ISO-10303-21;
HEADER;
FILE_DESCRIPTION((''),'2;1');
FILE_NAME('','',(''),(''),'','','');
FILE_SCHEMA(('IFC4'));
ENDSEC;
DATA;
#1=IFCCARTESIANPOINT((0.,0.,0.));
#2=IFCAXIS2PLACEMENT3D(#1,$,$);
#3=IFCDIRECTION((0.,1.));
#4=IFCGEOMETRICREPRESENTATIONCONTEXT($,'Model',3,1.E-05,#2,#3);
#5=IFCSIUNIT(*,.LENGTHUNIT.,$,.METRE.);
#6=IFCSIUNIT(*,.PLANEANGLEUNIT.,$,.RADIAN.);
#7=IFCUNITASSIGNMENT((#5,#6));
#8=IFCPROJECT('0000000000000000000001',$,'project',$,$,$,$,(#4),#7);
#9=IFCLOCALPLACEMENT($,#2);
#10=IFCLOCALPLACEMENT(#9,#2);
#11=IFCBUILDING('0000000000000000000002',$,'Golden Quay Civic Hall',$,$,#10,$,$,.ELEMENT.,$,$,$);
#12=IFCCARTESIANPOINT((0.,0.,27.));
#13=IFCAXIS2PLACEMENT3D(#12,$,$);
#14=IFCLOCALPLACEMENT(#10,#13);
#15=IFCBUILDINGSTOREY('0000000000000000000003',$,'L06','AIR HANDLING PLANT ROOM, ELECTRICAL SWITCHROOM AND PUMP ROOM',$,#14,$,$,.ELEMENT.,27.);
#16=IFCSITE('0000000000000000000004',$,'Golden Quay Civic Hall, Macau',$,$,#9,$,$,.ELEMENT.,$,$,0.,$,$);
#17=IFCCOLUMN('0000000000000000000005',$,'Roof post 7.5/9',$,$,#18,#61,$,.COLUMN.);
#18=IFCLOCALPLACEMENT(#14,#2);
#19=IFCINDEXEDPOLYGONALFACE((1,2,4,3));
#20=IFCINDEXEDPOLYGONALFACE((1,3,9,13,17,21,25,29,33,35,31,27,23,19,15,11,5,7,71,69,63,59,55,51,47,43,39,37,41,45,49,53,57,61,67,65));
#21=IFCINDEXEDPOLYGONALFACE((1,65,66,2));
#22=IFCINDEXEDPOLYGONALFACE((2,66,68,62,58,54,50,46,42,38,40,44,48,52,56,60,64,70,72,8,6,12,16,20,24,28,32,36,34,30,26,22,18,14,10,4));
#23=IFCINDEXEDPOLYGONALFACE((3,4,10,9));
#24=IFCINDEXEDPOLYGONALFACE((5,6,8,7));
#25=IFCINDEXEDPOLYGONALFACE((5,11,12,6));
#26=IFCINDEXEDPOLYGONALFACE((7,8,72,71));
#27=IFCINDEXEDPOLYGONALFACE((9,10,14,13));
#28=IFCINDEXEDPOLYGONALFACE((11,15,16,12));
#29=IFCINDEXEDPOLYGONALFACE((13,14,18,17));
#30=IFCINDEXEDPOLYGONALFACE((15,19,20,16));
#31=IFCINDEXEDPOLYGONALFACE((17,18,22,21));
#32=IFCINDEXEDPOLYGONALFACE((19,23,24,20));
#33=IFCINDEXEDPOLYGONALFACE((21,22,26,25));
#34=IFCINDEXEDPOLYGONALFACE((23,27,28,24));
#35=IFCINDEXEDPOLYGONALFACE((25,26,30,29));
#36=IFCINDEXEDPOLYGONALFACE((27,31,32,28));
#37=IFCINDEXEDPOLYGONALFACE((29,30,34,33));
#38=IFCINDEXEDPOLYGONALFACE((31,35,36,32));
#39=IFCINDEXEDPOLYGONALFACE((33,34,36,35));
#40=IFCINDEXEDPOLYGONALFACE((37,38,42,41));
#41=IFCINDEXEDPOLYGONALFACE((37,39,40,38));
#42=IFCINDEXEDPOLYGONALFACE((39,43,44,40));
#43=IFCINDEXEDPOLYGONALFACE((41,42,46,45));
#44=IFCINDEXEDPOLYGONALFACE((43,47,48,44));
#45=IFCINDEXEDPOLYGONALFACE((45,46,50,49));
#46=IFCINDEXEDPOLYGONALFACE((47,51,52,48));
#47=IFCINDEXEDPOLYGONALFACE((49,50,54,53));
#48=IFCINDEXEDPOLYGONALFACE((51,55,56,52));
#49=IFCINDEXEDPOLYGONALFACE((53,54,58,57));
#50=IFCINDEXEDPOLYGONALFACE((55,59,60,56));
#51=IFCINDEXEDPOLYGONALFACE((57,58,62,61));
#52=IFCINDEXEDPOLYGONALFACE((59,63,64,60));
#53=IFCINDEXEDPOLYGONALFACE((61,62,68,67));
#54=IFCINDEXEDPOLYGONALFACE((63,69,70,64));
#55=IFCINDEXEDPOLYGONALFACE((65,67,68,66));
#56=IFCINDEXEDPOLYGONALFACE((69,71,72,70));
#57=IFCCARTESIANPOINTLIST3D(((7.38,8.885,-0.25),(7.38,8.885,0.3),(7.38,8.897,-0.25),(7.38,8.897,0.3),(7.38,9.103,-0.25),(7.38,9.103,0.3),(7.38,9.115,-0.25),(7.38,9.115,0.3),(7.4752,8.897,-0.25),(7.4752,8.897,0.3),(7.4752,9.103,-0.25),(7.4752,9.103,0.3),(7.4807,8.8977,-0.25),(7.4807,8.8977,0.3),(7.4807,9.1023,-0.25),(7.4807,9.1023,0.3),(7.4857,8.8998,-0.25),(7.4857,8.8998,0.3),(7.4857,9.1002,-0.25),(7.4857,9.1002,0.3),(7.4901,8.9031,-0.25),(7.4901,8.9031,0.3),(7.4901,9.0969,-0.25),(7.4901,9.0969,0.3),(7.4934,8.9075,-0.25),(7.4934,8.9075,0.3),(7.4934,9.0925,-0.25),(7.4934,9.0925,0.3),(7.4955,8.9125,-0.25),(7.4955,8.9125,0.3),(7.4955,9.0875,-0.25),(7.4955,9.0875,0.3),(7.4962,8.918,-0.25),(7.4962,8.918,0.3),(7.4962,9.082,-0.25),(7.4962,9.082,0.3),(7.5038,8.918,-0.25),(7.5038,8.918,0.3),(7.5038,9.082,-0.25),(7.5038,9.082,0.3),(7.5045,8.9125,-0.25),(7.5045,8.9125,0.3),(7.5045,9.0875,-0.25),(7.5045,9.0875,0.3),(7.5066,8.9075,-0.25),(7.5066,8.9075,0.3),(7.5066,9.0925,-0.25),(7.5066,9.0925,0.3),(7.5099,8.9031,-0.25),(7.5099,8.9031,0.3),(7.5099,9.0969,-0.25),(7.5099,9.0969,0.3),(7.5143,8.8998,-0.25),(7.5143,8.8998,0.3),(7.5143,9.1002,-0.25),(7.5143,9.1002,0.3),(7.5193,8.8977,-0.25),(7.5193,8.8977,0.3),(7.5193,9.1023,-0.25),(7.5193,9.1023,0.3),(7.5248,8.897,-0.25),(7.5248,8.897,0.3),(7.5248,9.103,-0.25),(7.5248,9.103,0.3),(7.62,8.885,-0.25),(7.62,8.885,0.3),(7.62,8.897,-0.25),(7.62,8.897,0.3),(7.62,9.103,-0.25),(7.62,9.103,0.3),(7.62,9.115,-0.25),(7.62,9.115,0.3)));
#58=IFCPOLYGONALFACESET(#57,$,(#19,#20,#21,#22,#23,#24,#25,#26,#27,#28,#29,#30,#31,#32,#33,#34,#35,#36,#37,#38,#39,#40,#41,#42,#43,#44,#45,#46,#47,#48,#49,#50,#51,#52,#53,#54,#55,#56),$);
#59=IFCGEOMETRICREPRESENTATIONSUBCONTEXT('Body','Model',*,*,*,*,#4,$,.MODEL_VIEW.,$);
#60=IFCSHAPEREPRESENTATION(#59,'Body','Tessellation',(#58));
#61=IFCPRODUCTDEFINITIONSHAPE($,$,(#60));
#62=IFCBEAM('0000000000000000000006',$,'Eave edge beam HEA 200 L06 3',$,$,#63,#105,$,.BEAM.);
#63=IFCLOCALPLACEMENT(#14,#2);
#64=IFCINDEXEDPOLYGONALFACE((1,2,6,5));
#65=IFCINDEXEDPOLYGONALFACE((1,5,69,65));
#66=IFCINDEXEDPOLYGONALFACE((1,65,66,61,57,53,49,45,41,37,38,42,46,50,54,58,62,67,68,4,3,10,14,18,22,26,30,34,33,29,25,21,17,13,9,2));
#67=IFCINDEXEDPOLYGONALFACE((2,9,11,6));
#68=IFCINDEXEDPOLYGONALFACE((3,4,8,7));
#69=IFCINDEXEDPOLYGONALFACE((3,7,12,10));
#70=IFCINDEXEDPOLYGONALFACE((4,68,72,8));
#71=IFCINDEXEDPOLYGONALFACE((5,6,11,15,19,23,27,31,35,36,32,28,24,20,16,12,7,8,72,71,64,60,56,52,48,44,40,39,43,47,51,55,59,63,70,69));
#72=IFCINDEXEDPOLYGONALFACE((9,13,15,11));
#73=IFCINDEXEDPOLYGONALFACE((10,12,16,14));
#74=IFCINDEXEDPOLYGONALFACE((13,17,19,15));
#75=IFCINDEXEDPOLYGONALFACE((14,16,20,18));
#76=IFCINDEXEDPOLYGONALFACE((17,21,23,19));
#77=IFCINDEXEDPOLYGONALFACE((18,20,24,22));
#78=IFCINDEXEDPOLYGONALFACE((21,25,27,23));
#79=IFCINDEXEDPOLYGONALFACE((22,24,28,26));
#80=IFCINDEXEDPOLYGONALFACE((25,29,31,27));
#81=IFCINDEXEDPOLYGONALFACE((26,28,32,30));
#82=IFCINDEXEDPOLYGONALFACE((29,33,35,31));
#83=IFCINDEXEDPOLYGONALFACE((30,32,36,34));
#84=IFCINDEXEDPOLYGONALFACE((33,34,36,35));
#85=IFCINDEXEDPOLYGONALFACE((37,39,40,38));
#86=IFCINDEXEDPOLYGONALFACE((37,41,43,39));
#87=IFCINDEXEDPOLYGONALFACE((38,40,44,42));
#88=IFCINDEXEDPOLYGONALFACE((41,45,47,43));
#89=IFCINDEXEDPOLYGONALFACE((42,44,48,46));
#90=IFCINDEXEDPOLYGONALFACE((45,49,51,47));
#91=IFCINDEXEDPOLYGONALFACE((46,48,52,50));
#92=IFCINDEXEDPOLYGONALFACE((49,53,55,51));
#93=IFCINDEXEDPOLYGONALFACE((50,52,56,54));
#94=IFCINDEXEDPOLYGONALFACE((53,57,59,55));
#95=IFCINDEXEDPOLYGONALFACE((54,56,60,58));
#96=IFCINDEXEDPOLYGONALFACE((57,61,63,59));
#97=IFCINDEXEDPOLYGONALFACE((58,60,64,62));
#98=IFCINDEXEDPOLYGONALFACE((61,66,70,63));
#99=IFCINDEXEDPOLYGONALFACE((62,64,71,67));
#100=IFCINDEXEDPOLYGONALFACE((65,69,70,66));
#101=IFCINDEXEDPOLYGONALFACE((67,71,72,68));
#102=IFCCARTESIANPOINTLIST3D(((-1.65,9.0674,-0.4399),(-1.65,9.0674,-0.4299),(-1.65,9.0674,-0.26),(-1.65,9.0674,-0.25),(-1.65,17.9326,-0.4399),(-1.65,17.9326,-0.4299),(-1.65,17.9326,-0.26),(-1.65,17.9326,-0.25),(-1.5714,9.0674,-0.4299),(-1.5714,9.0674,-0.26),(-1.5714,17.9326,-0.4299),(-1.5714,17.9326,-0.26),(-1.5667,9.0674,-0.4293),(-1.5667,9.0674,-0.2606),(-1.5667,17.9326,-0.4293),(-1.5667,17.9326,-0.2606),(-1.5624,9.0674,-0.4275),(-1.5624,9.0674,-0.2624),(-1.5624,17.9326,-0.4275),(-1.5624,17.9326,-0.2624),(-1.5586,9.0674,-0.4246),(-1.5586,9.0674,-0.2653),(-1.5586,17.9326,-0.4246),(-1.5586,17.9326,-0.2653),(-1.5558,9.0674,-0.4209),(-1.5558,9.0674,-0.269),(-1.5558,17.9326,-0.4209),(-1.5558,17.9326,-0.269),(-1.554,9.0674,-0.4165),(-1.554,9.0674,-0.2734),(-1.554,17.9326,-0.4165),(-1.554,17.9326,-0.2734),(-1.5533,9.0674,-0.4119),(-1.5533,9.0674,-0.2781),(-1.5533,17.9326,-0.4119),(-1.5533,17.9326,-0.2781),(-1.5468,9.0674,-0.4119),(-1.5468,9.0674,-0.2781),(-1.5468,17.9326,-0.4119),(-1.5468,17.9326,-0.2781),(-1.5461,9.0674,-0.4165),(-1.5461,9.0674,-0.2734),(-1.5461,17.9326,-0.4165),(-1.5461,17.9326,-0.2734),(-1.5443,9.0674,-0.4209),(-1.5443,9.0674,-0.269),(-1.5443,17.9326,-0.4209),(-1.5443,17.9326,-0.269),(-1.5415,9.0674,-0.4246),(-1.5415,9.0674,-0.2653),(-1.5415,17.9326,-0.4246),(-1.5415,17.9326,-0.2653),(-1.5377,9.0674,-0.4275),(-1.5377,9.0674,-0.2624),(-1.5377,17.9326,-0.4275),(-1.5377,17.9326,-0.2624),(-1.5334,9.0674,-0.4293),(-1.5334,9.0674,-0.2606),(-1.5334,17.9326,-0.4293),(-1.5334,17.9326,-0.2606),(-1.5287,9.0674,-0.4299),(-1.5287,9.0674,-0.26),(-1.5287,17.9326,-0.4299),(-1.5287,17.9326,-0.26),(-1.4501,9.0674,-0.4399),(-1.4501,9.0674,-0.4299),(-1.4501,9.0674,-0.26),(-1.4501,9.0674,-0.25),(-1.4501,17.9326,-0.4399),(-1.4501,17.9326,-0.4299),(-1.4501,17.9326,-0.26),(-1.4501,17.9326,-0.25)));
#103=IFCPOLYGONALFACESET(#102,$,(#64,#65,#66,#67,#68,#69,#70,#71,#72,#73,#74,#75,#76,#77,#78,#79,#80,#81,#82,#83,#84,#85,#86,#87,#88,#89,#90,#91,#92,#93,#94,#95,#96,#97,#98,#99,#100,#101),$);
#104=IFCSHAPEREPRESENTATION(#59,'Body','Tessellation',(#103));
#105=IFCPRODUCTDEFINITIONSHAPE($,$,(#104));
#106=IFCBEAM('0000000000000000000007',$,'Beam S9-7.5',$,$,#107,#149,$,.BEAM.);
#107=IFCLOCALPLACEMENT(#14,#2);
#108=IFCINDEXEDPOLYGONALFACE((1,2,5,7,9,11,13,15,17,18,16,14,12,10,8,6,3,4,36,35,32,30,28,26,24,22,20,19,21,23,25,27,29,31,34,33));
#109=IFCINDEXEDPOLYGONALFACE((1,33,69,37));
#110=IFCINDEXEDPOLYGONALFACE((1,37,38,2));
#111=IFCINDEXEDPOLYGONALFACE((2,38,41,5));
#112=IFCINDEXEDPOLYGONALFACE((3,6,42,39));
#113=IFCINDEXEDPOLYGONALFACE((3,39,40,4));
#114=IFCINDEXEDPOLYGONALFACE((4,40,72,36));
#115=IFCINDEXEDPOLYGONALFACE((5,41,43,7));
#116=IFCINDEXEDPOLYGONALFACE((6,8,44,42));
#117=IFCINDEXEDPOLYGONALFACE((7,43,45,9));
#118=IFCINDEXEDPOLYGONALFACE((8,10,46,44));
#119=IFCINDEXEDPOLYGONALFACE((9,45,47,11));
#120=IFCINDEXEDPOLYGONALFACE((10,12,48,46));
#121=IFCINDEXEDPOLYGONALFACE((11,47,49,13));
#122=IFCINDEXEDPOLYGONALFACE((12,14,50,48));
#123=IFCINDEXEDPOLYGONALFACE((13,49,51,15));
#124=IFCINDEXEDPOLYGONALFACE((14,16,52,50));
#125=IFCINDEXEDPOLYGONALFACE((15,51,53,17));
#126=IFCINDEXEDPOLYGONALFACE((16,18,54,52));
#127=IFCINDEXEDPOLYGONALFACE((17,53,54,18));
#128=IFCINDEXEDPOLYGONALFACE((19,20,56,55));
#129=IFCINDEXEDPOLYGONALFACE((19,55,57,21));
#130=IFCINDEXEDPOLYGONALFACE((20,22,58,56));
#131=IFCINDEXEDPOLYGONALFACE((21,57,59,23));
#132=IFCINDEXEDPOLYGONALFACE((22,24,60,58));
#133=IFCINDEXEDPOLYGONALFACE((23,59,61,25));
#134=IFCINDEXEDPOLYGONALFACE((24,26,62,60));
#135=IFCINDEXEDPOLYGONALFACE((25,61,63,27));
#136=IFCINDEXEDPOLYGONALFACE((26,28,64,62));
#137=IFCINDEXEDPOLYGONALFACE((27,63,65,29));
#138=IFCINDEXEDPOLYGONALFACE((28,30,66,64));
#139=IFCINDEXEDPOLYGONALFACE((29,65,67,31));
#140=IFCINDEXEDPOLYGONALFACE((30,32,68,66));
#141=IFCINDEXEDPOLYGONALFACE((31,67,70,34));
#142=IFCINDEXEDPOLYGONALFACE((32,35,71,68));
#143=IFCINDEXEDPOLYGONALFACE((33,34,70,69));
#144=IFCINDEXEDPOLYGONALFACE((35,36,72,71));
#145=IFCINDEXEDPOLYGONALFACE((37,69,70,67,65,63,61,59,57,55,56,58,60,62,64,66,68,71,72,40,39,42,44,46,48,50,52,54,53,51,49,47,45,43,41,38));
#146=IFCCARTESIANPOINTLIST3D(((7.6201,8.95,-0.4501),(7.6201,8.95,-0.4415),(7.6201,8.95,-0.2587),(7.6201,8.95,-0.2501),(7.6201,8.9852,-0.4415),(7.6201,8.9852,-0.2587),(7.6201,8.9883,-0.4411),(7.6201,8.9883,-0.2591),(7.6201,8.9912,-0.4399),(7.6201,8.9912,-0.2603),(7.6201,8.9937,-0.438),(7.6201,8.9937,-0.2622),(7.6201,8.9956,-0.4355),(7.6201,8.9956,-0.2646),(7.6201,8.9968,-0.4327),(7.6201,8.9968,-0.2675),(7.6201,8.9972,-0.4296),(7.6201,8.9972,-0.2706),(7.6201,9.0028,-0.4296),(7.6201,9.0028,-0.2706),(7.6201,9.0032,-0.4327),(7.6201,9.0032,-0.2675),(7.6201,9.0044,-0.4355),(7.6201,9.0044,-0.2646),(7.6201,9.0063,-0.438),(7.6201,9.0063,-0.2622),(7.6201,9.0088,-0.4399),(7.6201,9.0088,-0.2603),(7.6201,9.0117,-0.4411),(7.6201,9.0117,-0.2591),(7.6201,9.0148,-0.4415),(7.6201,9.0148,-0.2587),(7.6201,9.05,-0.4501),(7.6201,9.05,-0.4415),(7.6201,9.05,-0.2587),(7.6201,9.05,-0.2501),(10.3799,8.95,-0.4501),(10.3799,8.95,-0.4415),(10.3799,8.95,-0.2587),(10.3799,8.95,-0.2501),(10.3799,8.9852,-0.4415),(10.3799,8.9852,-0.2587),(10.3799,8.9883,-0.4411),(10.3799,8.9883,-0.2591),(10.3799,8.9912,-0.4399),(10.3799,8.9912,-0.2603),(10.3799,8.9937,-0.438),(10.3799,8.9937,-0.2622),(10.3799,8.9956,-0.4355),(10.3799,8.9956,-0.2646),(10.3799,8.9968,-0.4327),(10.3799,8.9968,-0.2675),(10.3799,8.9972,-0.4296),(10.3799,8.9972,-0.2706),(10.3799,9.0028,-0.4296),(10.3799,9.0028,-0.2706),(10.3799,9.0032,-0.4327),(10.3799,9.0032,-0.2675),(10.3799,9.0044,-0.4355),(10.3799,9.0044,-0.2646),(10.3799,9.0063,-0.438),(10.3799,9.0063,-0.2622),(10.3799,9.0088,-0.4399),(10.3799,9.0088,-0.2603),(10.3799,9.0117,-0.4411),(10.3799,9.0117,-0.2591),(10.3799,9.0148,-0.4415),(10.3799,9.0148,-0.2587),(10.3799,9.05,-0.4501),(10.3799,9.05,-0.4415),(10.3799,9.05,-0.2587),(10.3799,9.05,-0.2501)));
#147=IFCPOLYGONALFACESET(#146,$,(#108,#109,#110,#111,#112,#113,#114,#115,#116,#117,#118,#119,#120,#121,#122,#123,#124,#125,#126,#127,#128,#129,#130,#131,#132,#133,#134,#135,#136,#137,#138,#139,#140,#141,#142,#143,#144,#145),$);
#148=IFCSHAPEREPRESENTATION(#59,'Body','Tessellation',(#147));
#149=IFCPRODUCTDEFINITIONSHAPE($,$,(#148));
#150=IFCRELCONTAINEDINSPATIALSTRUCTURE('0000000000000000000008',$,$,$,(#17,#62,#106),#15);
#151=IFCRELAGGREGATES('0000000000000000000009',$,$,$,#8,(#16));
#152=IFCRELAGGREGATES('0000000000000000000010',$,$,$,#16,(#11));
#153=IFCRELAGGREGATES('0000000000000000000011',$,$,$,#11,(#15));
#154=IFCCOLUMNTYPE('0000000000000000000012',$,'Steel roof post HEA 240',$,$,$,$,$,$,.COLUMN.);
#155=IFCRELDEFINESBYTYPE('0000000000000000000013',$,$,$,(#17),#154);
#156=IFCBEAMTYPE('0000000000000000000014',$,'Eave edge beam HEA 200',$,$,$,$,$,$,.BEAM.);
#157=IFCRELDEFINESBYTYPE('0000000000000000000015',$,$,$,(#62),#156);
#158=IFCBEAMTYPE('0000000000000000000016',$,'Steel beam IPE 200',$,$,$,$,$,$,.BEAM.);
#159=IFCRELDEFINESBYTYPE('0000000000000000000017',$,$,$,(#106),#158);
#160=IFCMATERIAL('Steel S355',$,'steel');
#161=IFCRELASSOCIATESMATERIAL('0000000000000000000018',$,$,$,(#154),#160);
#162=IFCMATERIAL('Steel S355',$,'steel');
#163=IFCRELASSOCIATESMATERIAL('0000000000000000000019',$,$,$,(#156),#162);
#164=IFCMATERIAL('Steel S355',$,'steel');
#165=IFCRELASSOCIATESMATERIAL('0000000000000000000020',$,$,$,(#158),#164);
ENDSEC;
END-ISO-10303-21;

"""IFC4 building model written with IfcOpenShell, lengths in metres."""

from ifc_helpers import new_model, si_unit, direction, frame, origin, origin_2d, place, context, subcontext, project, spatial, i_section, extrude, material, material_profile, profile_set, type_object, element, save


model = new_model("IFC4")

# Units and contexts
model_context = context("Model", 3, precision=1e-05, world=origin(), true_north=direction((0.0, 1.0)))
body_context = subcontext(model_context, "Body", "Model", "MODEL_VIEW")
ifc_project = project(units=[si_unit("LENGTHUNIT", "METRE"), si_unit("PLANEANGLEUNIT", "RADIAN")], contexts=[model_context])

# Site, building, storey
site_placement = place(None, origin())
site = spatial("IfcSite", under=ifc_project, at=site_placement, Name="Golden Quay Civic Hall, Macau", CompositionType="ELEMENT", RefElevation=0.0)
building_placement = place(site_placement, origin())
building = spatial("IfcBuilding", under=site, at=building_placement, Name="Golden Quay Civic Hall", CompositionType="ELEMENT")
storey_placement = place(building_placement, frame((0.0, 0.0, 27.0)))
storey = spatial("IfcBuildingStorey", under=building, at=storey_placement, Name="L06", Description="AIR HANDLING PLANT ROOM, ELECTRICAL SWITCHROOM AND PUMP ROOM", CompositionType="ELEMENT", Elevation=27.0)

# Column
ifc_material_1 = material(Name="Steel S355", Category="steel")
ifc_material_profile_1 = material_profile(ifc_material_1, i_section(OverallWidth=0.24, OverallDepth=0.23, WebThickness=0.0076, FlangeThickness=0.012, FilletRadius=0.021, at=origin_2d()), Name="HEA 240")
ifc_profile_set_1 = profile_set([ifc_material_profile_1], Name="Steel S355")
column_type = type_object("IfcColumnType", Name="Steel roof post HEA 240", PredefinedType="COLUMN", material=ifc_profile_set_1)
column_placement = place(storey_placement, frame((7.5, 9.0, -0.25), z_axis=(0.0, 0.0, 1.0), x_axis=(1.0, 0.0, 0.0)))
element("IfcColumn", 1, at=column_placement, inside=storey, type_object=column_type, Name="Roof post 7.5/9", PredefinedType="COLUMN", context=body_context, shape_type="SweptSolid", body=[
    extrude(i_section(OverallWidth=0.24, OverallDepth=0.23, WebThickness=0.0076, FlangeThickness=0.012, FilletRadius=0.021, at=origin_2d()), origin(), (0.0, 0.0, 1.0), 0.55),
])

# Beams
ifc_material_2 = material(Name="Steel S355", Category="steel")
ifc_material_profile_2 = material_profile(ifc_material_2, i_section(OverallWidth=0.2, OverallDepth=0.1899, WebThickness=0.0066, FlangeThickness=0.01, FilletRadius=0.0181, at=origin_2d()), Name="HEA 200")
ifc_profile_set_2 = profile_set([ifc_material_profile_2], Name="Steel S355")
beam_type_1 = type_object("IfcBeamType", Name="Eave edge beam HEA 200", PredefinedType="BEAM", material=ifc_profile_set_2)
beam_1_placement = place(storey_placement, frame((-1.55, 9.0674, -0.345), z_axis=(0.0, 1.0, 0.0), x_axis=(-1.0, 0.0, 0.0)))
element("IfcBeam", 2, at=beam_1_placement, inside=storey, type_object=beam_type_1, Name="Eave edge beam HEA 200 L06 3", PredefinedType="BEAM", context=body_context, shape_type="SweptSolid", body=[
    extrude(i_section(OverallWidth=0.2, OverallDepth=0.1899, WebThickness=0.0066, FlangeThickness=0.01, FilletRadius=0.0181, at=origin_2d()), origin(), (0.0, 0.0, 1.0), 8.8652),
])
ifc_material_3 = material(Name="Steel S355", Category="steel")
ifc_material_profile_3 = material_profile(ifc_material_3, i_section(OverallWidth=0.1001, OverallDepth=0.2, WebThickness=0.0056, FlangeThickness=0.0085, FilletRadius=0.012, at=origin_2d()), Name="IPE 200")
ifc_profile_set_3 = profile_set([ifc_material_profile_3], Name="Steel S355")
beam_type_2 = type_object("IfcBeamType", Name="Steel beam IPE 200", PredefinedType="BEAM", material=ifc_profile_set_3)
beam_2_placement = place(storey_placement, frame((7.6201, 9.0, -0.3501), z_axis=(1.0, 0.0, 0.0), x_axis=(0.0, 1.0, 0.0)))
element("IfcBeam", 3, at=beam_2_placement, inside=storey, type_object=beam_type_2, Name="Beam S9-7.5", PredefinedType="BEAM", context=body_context, shape_type="SweptSolid", body=[
    extrude(i_section(OverallWidth=0.1001, OverallDepth=0.2, WebThickness=0.0056, FlangeThickness=0.0085, FilletRadius=0.012, at=origin_2d()), origin(), (0.0, 0.0, 1.0), 2.7598),
])

save(model, "model.ifc")
